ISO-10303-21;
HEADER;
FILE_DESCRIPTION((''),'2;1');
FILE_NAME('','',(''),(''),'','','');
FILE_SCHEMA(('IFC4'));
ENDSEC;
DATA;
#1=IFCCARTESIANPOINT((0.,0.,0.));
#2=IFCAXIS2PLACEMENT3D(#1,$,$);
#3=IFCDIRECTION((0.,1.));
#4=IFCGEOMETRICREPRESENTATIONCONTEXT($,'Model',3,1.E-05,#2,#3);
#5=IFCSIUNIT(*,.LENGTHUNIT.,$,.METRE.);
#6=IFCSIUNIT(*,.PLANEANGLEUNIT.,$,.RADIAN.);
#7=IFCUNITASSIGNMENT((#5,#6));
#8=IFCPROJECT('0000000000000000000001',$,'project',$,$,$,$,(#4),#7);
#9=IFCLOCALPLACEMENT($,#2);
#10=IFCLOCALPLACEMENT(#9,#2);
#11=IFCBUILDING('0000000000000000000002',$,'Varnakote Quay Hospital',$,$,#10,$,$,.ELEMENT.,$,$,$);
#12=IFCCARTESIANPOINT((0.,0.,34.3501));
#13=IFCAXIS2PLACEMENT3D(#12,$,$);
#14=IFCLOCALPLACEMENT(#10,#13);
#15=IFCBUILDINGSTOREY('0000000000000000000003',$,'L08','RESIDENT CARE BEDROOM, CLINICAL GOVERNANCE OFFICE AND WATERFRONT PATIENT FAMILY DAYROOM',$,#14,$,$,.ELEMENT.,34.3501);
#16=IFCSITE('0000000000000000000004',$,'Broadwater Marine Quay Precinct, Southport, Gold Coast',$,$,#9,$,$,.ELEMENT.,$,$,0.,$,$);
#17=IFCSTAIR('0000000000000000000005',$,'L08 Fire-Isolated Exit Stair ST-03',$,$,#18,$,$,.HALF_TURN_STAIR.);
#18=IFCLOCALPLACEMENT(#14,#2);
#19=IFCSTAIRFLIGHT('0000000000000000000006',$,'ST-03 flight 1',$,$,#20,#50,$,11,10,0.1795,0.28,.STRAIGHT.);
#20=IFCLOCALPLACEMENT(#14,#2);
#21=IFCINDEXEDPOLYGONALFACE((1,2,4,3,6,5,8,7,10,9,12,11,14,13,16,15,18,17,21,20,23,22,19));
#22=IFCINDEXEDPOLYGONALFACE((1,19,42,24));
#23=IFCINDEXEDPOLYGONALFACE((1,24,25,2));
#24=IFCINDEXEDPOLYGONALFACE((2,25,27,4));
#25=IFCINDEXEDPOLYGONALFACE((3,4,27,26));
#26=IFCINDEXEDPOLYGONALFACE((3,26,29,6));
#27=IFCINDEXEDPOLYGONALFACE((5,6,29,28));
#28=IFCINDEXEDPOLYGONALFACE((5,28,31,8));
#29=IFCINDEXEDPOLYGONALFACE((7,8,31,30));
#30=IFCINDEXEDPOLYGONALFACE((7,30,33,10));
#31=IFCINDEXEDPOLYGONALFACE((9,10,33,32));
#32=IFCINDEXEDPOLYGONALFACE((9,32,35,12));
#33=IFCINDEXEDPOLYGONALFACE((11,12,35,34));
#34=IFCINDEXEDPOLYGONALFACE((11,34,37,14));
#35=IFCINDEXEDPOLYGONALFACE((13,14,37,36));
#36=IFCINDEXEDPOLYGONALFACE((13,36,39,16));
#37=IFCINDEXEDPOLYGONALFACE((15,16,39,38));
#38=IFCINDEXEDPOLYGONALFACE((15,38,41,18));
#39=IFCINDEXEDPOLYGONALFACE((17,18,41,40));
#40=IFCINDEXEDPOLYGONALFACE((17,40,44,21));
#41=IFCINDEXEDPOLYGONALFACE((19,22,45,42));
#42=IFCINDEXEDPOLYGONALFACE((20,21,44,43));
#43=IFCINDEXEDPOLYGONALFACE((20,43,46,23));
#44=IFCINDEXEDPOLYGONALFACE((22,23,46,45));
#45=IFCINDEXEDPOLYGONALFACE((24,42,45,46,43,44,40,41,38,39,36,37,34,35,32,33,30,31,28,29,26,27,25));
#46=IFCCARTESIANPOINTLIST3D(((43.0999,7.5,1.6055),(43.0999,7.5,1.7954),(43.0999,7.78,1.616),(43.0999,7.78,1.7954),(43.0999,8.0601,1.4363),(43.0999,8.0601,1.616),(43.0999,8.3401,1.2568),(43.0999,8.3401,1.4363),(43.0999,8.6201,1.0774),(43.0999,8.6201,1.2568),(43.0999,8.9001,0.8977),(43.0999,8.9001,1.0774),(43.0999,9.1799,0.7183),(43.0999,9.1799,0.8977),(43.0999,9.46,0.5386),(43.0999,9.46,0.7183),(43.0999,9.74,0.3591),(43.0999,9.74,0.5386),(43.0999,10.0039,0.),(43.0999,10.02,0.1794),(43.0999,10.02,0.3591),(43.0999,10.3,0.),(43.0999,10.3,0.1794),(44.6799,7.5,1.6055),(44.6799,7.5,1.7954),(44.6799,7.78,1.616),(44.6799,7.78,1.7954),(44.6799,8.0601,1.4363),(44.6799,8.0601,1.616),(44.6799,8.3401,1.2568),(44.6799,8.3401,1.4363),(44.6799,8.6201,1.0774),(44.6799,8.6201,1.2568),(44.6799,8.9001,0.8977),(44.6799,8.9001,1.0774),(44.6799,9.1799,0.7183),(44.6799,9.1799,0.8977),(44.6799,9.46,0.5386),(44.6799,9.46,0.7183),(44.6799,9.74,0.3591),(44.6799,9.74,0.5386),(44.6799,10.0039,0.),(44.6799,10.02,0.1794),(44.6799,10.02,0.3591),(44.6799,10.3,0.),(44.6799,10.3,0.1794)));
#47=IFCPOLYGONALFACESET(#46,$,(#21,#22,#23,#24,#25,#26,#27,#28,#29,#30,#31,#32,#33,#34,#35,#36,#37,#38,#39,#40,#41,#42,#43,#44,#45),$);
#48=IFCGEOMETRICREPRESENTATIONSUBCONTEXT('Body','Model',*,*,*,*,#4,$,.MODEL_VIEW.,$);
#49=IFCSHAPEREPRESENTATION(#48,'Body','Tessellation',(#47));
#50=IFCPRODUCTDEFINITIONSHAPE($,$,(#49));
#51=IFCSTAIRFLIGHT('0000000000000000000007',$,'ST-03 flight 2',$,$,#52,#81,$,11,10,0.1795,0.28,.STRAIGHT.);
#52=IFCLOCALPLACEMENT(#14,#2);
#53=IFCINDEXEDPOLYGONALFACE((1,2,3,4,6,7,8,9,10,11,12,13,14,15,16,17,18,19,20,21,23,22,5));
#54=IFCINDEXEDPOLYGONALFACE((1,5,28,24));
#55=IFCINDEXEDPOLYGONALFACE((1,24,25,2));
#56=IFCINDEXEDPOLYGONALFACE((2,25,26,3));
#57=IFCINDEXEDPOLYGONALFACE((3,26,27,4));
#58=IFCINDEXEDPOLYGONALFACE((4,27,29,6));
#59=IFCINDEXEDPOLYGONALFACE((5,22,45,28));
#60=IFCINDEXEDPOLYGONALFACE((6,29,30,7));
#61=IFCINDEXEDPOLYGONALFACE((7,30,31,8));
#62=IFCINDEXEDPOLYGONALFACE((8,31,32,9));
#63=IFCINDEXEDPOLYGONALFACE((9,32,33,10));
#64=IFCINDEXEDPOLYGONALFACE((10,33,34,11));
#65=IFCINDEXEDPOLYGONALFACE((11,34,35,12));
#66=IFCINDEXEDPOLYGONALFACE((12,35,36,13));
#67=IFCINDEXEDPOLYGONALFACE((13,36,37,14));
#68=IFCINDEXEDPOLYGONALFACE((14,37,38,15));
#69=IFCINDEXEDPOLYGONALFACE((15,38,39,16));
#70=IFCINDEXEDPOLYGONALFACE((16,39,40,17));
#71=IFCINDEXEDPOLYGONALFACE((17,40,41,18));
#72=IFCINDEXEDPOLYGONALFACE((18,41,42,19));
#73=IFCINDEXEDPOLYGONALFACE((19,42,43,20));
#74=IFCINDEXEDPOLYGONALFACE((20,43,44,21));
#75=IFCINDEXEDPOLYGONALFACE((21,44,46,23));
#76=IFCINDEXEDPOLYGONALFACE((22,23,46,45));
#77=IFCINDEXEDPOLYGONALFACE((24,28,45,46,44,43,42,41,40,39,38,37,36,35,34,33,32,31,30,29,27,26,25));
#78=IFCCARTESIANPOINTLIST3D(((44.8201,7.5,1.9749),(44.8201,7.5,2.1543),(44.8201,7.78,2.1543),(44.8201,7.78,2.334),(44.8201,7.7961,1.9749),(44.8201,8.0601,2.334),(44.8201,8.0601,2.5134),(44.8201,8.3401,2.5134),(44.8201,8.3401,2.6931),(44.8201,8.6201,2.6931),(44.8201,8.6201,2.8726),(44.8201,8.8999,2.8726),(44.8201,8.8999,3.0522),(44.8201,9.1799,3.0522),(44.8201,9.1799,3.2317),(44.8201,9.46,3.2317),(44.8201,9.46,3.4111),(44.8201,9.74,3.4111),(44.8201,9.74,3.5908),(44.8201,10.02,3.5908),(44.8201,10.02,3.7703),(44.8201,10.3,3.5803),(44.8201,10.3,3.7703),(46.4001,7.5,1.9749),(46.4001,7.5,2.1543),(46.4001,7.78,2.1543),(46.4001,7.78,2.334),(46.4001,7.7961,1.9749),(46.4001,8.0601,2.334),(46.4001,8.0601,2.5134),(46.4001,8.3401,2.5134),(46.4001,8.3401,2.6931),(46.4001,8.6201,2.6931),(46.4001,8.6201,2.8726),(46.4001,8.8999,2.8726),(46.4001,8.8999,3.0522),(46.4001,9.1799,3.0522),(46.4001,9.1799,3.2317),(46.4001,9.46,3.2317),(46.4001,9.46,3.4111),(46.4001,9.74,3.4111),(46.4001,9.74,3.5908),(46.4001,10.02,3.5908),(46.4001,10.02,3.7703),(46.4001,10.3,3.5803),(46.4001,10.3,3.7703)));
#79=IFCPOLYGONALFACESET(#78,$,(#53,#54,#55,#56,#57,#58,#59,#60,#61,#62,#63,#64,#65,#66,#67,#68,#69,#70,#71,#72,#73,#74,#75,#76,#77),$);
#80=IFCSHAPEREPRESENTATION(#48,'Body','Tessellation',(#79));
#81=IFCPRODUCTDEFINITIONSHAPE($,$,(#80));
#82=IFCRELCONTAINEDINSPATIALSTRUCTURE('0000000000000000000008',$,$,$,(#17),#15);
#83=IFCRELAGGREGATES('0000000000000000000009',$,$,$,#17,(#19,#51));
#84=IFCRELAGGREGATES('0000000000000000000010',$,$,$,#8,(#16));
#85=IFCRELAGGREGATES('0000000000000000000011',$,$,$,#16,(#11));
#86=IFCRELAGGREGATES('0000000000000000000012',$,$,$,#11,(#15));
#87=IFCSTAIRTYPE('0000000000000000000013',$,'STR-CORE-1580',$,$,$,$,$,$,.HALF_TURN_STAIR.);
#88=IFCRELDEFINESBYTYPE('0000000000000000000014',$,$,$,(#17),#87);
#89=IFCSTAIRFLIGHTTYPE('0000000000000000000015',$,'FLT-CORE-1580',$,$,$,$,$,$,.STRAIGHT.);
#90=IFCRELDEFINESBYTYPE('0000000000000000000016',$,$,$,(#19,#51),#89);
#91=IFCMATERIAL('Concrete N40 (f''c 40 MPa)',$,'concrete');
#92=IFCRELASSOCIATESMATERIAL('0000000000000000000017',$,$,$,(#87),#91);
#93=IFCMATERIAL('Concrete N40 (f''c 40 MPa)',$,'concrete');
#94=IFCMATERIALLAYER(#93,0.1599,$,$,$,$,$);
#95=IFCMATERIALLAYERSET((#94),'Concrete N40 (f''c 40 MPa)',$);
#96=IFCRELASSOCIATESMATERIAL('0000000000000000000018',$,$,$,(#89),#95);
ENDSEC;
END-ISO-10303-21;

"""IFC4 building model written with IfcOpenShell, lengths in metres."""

from ifc_helpers import new_model, si_unit, direction, frame, origin, place, context, subcontext, project, spatial, polyline, outline, extrude, material, layer, layer_set, type_object, element, aggregate, save


model = new_model("IFC4")

# Units and contexts
model_context = context("Model", 3, precision=1e-05, world=origin(), true_north=direction((0.0, 1.0)))
body_context = subcontext(model_context, "Body", "Model", "MODEL_VIEW")
ifc_project = project(units=[si_unit("LENGTHUNIT", "METRE"), si_unit("PLANEANGLEUNIT", "RADIAN")], contexts=[model_context])

# Site, building, storey
site_placement = place(None, origin())
site = spatial("IfcSite", under=ifc_project, at=site_placement, Name="Broadwater Marine Quay Precinct, Southport, Gold Coast", CompositionType="ELEMENT", RefElevation=0.0)
building_placement = place(site_placement, origin())
building = spatial("IfcBuilding", under=site, at=building_placement, Name="Varnakote Quay Hospital", CompositionType="ELEMENT")
storey_placement = place(building_placement, frame((0.0, 0.0, 34.3501)))
storey = spatial("IfcBuildingStorey", under=building, at=storey_placement, Name="L08", Description="RESIDENT CARE BEDROOM, CLINICAL GOVERNANCE OFFICE AND WATERFRONT PATIENT FAMILY DAYROOM", CompositionType="ELEMENT", Elevation=34.3501)

# Stair, stair flights
ifc_material_1 = material(Name="Concrete N40 (f'c 40 MPa)", Category="concrete")
stair_type = type_object("IfcStairType", Name="STR-CORE-1580", PredefinedType="HALF_TURN_STAIR", material=ifc_material_1)
stair_placement = place(storey_placement, origin())
stair = element("IfcStair", 1, at=stair_placement, inside=storey, type_object=stair_type, Name="L08 Fire-Isolated Exit Stair ST-03", PredefinedType="HALF_TURN_STAIR")
ifc_material_2 = material(Name="Concrete N40 (f'c 40 MPa)", Category="concrete")
ifc_layer_1 = layer(ifc_material_2, 0.1599)
ifc_layer_set_1 = layer_set([ifc_layer_1], Name="Concrete N40 (f'c 40 MPa)")
stair_flight_type = type_object("IfcStairFlightType", Name="FLT-CORE-1580", PredefinedType="STRAIGHT", material=ifc_layer_set_1)
stair_flight_1_placement = place(storey_placement, frame((43.8899, 10.3, 0.0), z_axis=(0.0, 0.0, 1.0), x_axis=(0.0, -1.0, 0.0)))
stair_flight_1 = element("IfcStairFlight", 2, at=stair_flight_1_placement, type_object=stair_flight_type, Name="ST-03 flight 1", NumberOfRisers=11, NumberOfTreads=10, PredefinedType="STRAIGHT", RiserHeight=0.1795, TreadLength=0.28, context=body_context, shape_type="SweptSolid", body=[
    extrude(outline(polyline([(0.0, 0.0), (0.0, 0.1794), (0.28, 0.1794), (0.28, 0.3591), (0.5601, 0.3591), (0.5601, 0.5386), (0.8401, 0.5386), (0.8401, 0.7183), (1.1201, 0.7183), (1.1201, 0.8977), (1.3999, 0.8977), (1.3999, 1.0774), (1.6799, 1.0774), (1.6799, 1.2568), (1.96, 1.2568), (1.96, 1.4363), (2.24, 1.4363), (2.24, 1.616), (2.52, 1.616), (2.52, 1.7954), (2.8, 1.7954), (2.8, 1.9751), (2.8, 1.6055), (0.2961, 0.0), (0.0, 0.0)])), frame((0.0, 0.79, 0.0), z_axis=(0.0, -1.0, 0.0), x_axis=(1.0, 0.0, 0.0)), (0.0, 0.0, 1.0), 1.5801),
])
stair_flight_2_placement = place(storey_placement, frame((45.6101, 7.5, 1.9749), z_axis=(0.0, 0.0, 1.0), x_axis=(0.0, 1.0, 0.0)))
stair_flight_2 = element("IfcStairFlight", 3, at=stair_flight_2_placement, type_object=stair_flight_type, Name="ST-03 flight 2", NumberOfRisers=11, NumberOfTreads=10, PredefinedType="STRAIGHT", RiserHeight=0.1795, TreadLength=0.28, context=body_context, shape_type="SweptSolid", body=[
    extrude(outline(polyline([(0.0, 0.0), (0.0, 0.1794), (0.28, 0.1794), (0.28, 0.3591), (0.5601, 0.3591), (0.5601, 0.5386), (0.8401, 0.5386), (0.8401, 0.7183), (1.1201, 0.7183), (1.1201, 0.8977), (1.3999, 0.8977), (1.3999, 1.0774), (1.6799, 1.0774), (1.6799, 1.2568), (1.96, 1.2568), (1.96, 1.4363), (2.24, 1.4363), (2.24, 1.616), (2.52, 1.616), (2.52, 1.7954), (2.8, 1.7954), (2.8, 1.9751), (2.8, 1.6055), (0.2961, 0.0), (0.0, 0.0)])), frame((0.0, 0.79, 0.0), z_axis=(0.0, -1.0, 0.0), x_axis=(1.0, 0.0, 0.0)), (0.0, 0.0, 1.0), 1.5801),
])
aggregate(stair, [stair_flight_1, stair_flight_2])

save(model, "model.ifc")
